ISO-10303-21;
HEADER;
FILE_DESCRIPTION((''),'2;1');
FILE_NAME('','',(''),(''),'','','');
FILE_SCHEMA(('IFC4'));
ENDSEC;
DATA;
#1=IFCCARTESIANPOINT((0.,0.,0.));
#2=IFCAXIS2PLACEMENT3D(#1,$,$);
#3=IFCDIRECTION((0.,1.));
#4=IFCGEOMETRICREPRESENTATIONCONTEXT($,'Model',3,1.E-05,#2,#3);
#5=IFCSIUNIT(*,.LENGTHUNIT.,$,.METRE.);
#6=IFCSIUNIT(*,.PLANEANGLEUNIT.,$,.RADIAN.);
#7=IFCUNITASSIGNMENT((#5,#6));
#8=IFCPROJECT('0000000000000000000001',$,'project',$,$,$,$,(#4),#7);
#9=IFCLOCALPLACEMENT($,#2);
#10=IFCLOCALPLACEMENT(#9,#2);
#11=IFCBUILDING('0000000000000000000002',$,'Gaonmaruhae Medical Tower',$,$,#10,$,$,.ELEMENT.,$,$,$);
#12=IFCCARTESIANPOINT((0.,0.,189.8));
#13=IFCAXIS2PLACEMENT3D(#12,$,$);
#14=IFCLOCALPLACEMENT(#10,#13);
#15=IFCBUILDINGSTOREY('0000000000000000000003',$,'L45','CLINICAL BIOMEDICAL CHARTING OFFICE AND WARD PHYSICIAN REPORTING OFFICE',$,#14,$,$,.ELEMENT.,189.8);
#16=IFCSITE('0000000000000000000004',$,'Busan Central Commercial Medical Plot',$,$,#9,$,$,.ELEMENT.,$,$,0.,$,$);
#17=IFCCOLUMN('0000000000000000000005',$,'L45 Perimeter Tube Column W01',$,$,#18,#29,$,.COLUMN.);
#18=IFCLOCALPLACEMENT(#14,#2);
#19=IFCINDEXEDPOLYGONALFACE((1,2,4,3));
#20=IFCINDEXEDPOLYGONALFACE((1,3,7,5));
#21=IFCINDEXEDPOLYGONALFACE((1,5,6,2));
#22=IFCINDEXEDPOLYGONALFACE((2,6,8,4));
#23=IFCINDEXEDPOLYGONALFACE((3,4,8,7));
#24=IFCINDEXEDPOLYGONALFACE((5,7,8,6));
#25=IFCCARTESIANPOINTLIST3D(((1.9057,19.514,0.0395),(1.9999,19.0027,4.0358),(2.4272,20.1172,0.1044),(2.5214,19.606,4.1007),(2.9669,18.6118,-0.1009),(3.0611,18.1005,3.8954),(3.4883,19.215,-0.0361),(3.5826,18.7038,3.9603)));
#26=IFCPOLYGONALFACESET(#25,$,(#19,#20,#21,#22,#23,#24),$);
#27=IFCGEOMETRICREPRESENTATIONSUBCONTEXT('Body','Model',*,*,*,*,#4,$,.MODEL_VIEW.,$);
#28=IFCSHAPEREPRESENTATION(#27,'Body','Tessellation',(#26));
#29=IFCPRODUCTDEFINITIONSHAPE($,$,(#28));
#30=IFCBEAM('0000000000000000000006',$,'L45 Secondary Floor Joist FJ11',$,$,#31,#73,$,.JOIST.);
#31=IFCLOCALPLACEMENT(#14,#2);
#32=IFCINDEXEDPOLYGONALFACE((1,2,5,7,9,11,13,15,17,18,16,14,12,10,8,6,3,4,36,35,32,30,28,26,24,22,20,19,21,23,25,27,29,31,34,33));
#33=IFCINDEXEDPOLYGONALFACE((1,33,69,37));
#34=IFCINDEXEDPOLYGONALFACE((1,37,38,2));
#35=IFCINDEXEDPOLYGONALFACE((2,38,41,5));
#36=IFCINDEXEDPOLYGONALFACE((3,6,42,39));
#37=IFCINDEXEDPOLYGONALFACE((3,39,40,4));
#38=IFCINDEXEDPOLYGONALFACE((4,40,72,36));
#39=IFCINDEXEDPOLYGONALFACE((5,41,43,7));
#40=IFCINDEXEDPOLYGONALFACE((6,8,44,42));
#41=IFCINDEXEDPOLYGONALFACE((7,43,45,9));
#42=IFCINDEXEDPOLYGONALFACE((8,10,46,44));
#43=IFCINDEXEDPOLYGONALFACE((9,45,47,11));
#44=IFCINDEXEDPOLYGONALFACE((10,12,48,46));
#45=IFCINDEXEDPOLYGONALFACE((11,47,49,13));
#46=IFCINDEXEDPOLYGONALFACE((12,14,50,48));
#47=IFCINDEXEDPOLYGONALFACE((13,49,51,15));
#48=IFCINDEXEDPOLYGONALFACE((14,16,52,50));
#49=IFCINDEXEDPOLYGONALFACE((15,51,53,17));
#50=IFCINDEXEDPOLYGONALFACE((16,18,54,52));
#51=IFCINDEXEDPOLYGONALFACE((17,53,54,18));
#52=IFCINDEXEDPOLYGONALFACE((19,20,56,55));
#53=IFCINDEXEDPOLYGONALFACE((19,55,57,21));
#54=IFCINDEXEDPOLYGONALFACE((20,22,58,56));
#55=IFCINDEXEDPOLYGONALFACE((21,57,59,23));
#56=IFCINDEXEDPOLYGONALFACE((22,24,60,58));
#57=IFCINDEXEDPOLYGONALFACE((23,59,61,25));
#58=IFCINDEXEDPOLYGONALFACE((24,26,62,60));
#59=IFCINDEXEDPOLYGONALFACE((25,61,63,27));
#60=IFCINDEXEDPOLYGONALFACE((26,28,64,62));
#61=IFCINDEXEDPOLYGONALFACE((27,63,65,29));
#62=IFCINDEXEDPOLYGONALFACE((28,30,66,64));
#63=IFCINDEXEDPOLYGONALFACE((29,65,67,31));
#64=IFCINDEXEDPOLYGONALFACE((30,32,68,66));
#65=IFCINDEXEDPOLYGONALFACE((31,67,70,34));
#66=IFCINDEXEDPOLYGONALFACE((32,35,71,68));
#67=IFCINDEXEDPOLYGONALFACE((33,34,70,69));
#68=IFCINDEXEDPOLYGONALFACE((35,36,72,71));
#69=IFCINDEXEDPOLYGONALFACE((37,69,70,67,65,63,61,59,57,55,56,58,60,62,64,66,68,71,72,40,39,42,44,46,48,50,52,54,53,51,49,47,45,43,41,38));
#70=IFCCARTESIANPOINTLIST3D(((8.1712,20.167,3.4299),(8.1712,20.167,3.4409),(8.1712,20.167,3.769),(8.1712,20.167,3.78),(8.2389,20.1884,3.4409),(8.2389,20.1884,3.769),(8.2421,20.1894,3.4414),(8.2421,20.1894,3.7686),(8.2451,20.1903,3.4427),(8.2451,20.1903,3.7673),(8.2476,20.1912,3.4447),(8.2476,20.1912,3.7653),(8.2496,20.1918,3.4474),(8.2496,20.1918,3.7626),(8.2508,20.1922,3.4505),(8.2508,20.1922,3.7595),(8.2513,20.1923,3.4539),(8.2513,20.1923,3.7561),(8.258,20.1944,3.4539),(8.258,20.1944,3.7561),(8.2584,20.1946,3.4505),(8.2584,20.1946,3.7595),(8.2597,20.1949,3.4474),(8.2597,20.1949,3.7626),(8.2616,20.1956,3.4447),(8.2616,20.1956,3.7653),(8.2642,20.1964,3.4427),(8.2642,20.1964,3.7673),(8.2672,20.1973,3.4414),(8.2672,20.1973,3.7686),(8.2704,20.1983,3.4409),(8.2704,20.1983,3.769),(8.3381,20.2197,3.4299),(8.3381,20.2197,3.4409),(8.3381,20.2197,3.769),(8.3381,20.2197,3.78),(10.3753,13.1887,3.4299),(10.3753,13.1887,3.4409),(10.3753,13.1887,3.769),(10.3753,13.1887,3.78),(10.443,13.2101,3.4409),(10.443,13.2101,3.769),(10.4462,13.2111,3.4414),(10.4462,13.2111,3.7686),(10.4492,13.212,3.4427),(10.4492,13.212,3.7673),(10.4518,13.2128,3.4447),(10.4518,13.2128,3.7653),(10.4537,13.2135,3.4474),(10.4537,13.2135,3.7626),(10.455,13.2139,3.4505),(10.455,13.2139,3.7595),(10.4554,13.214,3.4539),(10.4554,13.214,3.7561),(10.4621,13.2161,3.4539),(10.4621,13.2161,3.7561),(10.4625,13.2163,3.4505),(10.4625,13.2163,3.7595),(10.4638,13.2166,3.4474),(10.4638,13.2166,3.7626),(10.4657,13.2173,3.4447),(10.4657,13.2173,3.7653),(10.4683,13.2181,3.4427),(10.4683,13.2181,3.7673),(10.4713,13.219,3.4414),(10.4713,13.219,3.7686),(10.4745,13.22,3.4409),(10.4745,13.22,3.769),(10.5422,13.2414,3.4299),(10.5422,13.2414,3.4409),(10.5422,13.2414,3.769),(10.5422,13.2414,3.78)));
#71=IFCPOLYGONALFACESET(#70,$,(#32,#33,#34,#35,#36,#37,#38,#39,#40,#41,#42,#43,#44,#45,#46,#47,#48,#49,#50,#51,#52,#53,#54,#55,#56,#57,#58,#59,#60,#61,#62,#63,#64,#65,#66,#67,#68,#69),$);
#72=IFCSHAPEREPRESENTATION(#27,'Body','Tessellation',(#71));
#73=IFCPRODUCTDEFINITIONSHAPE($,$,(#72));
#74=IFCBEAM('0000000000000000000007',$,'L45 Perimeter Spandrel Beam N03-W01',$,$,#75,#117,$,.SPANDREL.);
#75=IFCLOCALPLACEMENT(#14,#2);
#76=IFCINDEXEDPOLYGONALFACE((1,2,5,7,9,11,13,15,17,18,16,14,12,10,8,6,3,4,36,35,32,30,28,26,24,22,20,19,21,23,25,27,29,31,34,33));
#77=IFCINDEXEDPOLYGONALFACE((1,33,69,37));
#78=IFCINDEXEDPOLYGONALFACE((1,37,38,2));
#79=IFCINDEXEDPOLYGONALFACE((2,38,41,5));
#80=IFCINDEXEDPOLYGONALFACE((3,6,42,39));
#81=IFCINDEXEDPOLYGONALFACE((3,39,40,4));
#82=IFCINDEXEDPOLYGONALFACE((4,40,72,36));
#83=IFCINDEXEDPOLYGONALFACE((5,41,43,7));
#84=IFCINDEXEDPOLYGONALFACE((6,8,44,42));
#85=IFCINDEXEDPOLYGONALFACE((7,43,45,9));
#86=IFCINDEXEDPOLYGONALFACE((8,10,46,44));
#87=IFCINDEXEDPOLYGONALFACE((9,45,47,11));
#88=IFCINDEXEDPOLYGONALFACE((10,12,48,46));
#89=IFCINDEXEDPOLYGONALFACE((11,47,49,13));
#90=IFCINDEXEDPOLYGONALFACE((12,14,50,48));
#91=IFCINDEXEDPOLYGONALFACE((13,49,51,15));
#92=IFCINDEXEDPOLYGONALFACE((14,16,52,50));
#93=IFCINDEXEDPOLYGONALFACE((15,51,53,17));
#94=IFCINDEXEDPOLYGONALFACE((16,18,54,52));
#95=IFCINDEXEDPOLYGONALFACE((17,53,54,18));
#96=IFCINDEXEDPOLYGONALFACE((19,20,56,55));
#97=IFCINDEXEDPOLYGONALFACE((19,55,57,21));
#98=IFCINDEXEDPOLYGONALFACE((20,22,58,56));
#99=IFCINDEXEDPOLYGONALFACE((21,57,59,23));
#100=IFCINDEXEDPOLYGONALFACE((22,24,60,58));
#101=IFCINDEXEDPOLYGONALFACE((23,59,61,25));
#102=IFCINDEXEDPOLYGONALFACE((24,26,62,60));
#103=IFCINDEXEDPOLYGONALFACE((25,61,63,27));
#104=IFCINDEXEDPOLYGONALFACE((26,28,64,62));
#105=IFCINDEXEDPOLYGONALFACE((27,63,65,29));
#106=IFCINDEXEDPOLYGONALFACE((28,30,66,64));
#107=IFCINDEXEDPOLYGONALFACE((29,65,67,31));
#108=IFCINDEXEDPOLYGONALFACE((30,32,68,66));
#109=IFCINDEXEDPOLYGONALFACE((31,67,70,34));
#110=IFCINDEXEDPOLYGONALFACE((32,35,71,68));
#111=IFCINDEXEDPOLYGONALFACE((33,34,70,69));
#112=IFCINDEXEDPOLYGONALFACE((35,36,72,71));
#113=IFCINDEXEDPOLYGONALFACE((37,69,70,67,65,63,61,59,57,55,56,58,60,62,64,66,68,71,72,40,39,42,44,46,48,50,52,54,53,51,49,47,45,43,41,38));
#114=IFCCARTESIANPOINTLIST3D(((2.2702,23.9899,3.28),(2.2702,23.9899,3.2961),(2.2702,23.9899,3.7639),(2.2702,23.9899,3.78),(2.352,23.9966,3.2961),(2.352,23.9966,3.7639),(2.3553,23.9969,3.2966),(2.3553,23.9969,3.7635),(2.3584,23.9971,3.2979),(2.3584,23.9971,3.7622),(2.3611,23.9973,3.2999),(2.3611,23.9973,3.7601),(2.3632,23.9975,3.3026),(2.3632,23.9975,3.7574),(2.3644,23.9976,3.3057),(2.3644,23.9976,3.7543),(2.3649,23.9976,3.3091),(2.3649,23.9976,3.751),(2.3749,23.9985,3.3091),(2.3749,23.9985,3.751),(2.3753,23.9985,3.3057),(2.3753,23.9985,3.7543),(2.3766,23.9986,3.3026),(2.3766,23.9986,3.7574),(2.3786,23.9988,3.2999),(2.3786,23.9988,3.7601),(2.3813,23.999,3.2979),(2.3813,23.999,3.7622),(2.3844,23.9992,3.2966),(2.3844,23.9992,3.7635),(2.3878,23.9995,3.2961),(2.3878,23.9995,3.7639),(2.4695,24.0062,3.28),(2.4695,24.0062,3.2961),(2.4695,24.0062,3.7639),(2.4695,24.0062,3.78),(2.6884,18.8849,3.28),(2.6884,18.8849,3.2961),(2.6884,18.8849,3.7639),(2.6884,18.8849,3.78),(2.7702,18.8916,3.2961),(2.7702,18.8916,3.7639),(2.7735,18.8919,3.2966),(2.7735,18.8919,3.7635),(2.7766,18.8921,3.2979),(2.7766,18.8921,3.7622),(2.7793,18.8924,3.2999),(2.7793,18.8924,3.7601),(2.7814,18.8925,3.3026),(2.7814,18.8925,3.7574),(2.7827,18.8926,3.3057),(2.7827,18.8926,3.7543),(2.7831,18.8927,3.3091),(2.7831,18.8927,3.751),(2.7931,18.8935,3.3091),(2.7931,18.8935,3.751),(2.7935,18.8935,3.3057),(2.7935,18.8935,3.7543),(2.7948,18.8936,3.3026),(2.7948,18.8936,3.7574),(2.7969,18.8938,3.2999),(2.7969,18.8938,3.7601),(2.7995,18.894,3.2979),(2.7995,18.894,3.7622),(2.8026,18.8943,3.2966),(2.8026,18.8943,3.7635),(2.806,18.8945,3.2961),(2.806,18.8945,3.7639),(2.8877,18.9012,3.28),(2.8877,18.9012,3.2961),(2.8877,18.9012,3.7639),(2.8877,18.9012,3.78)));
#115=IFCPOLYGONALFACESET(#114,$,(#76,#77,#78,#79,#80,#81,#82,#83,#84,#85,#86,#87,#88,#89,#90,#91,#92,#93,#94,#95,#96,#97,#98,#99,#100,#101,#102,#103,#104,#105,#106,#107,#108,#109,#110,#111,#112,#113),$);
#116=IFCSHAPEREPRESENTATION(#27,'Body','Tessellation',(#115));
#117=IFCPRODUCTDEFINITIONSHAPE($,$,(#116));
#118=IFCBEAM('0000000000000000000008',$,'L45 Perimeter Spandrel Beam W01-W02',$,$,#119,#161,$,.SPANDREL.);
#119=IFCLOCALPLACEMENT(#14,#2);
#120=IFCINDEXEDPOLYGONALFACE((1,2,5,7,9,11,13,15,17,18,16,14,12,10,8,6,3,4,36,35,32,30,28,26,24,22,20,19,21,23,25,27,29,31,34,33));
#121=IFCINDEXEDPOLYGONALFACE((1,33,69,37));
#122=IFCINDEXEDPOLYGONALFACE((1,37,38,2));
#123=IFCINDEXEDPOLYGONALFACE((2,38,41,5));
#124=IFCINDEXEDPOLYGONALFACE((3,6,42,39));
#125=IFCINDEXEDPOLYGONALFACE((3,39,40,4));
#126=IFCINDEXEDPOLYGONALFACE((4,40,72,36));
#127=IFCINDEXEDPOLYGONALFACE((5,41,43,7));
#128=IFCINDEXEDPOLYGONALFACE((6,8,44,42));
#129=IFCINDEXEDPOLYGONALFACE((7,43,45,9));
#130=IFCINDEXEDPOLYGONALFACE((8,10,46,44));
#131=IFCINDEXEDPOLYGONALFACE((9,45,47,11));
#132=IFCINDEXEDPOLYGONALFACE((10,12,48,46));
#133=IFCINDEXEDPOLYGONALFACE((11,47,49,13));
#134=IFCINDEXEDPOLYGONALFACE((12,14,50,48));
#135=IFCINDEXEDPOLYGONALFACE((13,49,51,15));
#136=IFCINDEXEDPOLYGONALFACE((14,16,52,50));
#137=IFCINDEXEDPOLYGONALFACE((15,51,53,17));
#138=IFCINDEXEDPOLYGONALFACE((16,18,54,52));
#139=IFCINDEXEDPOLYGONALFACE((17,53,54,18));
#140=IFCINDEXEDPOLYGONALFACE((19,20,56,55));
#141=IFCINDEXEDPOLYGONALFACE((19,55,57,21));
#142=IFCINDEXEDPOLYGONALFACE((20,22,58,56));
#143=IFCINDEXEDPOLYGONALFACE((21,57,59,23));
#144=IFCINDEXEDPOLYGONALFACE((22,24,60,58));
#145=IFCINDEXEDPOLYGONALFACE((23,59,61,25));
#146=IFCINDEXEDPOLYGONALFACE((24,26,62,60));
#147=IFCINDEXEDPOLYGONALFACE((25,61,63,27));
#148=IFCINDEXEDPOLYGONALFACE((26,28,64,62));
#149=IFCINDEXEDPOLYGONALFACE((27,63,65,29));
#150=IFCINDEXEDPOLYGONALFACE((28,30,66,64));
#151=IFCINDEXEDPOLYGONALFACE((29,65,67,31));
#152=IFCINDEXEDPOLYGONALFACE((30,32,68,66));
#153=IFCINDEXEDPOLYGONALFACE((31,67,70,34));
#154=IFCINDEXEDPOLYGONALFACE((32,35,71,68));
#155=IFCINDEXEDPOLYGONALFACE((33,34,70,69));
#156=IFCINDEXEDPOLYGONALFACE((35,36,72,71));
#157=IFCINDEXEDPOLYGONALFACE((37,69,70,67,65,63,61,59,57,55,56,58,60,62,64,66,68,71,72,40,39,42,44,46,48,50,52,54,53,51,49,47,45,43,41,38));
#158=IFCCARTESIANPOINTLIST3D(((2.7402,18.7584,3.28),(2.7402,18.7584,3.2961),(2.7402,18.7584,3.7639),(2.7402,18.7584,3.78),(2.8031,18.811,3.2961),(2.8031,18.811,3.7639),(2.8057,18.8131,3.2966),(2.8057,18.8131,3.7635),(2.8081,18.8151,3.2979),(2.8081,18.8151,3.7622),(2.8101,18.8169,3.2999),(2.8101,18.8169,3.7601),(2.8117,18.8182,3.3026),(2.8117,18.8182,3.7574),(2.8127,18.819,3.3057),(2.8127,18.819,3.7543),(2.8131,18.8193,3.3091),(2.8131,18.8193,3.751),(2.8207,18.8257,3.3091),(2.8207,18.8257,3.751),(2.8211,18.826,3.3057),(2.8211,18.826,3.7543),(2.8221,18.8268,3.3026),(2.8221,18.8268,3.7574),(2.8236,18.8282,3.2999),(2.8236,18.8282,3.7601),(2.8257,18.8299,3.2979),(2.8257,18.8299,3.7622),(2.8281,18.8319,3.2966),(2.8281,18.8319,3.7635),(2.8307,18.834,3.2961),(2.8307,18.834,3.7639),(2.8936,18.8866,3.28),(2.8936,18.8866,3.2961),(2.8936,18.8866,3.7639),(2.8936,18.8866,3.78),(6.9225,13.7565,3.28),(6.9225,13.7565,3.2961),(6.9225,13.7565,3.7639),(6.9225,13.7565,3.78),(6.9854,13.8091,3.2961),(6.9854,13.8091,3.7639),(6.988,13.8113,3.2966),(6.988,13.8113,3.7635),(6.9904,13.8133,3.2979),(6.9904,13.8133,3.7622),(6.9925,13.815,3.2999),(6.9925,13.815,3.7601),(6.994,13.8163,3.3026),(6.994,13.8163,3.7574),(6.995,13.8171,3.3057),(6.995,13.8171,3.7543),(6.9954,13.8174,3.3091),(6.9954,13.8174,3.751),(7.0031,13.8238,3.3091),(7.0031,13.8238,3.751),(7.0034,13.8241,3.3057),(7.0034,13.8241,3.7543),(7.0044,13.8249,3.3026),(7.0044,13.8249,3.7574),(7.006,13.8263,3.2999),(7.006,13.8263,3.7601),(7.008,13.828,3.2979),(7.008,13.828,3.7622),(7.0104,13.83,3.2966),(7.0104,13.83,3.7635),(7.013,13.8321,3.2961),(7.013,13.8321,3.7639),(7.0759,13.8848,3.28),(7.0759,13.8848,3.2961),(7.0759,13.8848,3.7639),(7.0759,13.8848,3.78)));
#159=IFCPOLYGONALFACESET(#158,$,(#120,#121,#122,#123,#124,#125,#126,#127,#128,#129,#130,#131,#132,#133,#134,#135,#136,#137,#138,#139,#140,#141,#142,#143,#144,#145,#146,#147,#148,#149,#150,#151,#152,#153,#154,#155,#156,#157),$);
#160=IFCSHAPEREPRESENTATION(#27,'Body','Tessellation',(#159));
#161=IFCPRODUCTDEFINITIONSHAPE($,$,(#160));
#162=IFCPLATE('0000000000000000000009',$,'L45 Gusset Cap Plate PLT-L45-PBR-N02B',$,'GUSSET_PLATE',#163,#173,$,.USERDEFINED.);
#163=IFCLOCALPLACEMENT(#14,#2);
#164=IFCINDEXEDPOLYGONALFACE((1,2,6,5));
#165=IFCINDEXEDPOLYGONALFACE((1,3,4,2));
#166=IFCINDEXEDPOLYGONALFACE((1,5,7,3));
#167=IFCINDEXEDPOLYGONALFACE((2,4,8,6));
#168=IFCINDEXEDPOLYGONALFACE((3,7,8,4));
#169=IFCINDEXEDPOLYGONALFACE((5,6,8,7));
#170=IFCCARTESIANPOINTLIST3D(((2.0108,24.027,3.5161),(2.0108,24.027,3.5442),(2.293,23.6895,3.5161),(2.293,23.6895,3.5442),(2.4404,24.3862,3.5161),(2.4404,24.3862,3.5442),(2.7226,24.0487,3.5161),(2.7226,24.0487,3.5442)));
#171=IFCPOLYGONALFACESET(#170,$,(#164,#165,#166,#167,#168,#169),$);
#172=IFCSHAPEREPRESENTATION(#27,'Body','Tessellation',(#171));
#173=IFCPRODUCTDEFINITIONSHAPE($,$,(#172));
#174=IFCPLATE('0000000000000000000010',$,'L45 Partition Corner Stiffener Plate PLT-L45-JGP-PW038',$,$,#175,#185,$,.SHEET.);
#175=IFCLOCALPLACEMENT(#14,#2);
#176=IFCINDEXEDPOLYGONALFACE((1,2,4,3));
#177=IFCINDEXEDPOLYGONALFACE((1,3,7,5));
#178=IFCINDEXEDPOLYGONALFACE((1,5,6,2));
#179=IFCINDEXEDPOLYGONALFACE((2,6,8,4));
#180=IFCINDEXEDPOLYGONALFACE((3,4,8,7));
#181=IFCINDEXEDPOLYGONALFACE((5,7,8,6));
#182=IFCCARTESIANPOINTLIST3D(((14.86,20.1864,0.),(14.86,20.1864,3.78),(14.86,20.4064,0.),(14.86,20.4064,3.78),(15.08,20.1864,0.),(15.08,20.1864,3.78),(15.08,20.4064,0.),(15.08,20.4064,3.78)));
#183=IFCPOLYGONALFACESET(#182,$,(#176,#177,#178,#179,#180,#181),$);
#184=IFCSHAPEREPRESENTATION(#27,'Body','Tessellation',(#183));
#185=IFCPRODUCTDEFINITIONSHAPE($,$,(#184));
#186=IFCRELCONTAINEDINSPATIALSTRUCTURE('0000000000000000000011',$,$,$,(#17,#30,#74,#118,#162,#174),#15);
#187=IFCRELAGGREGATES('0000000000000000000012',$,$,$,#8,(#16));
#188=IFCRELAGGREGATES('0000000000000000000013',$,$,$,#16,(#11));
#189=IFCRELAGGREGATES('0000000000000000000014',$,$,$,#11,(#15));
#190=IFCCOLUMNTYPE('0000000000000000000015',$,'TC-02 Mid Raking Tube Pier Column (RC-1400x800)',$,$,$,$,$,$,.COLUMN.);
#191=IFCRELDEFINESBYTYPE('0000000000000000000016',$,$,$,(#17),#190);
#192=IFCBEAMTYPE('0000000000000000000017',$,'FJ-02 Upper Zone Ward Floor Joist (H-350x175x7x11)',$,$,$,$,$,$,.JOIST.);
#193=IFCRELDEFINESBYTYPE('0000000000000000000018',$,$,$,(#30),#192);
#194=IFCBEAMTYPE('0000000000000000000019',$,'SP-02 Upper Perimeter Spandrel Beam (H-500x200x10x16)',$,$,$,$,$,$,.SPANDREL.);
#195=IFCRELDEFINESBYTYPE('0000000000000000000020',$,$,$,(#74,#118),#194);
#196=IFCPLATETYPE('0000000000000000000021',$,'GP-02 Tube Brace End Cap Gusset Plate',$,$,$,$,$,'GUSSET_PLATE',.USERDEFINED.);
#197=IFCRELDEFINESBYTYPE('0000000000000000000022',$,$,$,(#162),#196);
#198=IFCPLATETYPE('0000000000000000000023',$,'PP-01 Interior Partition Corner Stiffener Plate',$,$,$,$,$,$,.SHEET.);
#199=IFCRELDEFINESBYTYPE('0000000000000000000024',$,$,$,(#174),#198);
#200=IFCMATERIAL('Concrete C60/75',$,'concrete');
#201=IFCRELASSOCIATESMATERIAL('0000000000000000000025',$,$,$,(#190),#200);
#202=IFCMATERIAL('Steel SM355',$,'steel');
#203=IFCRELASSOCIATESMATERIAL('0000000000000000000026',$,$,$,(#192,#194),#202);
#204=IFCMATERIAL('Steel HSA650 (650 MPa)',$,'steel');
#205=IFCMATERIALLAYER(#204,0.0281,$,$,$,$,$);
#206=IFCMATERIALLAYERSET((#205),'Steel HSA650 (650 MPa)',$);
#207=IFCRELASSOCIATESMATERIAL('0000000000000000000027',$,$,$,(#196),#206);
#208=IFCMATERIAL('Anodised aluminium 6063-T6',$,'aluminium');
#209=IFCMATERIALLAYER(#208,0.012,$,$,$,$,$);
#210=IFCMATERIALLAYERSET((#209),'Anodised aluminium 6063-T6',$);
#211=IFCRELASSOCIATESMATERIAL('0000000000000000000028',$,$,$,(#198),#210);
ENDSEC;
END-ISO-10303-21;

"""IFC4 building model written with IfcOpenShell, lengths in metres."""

from ifc_helpers import new_model, si_unit, direction, frame, origin, origin_2d, place, context, subcontext, project, spatial, rectangle, i_section, extrude, material, layer, layer_set, material_profile, profile_set, type_object, element, save


model = new_model("IFC4")

# Units and contexts
model_context = context("Model", 3, precision=1e-05, world=origin(), true_north=direction((0.0, 1.0)))
body_context = subcontext(model_context, "Body", "Model", "MODEL_VIEW")
ifc_project = project(units=[si_unit("LENGTHUNIT", "METRE"), si_unit("PLANEANGLEUNIT", "RADIAN")], contexts=[model_context])

# Site, building, storey
site_placement = place(None, origin())
site = spatial("IfcSite", under=ifc_project, at=site_placement, Name="Busan Central Commercial Medical Plot", CompositionType="ELEMENT", RefElevation=0.0)
building_placement = place(site_placement, origin())
building = spatial("IfcBuilding", under=site, at=building_placement, Name="Gaonmaruhae Medical Tower", CompositionType="ELEMENT")
storey_placement = place(building_placement, frame((0.0, 0.0, 189.8)))
storey = spatial("IfcBuildingStorey", under=building, at=storey_placement, Name="L45", Description="CLINICAL BIOMEDICAL CHARTING OFFICE AND WARD PHYSICIAN REPORTING OFFICE", CompositionType="ELEMENT", Elevation=189.8)

# Column
ifc_material_1 = material(Name="Concrete C60/75", Category="concrete")
ifc_material_profile_1 = material_profile(ifc_material_1, rectangle(XDim=1.3999, YDim=0.8, at=origin_2d()), Name="RC-1400x800")
ifc_profile_set_1 = profile_set([ifc_material_profile_1], Name="Concrete C60/75")
column_type = type_object("IfcColumnType", Name="TC-02 Mid Raking Tube Pier Column (RC-1400x800)", PredefinedType="COLUMN", material=ifc_profile_set_1)
column_placement = place(storey_placement, frame((2.697, 19.3645, 0.0017), z_axis=(0.023384, -0.126856, 0.991645), x_axis=(-0.75803, 0.644458, 0.100317)))
element("IfcColumn", 1, at=column_placement, inside=storey, type_object=column_type, Name="L45 Perimeter Tube Column W01", PredefinedType="COLUMN", context=body_context, shape_type="SweptSolid", body=[
    extrude(rectangle(XDim=1.3999, YDim=0.8, at=origin_2d()), origin(), (0.0, 0.0, 1.0), 4.03),
])

# Beams
ifc_material_2 = material(Name="Steel SM355", Category="steel")
ifc_material_profile_2 = material_profile(ifc_material_2, i_section(OverallWidth=0.175, OverallDepth=0.3501, WebThickness=0.0071, FlangeThickness=0.011, FilletRadius=0.0129, at=origin_2d()), Name="H-350x175x7x11")
ifc_profile_set_2 = profile_set([ifc_material_profile_2], Name="Steel SM355")
beam_type_1 = type_object("IfcBeamType", Name="FJ-02 Upper Zone Ward Floor Joist (H-350x175x7x11)", PredefinedType="JOIST", material=ifc_profile_set_2)
beam_1_placement = place(storey_placement, frame((8.2546, 20.1934, 3.605), z_axis=(0.301186, -0.953566, 0.0), x_axis=(0.953566, 0.301186, 0.0)))
element("IfcBeam", 2, at=beam_1_placement, inside=storey, type_object=beam_type_1, Name="L45 Secondary Floor Joist FJ11", PredefinedType="JOIST", context=body_context, shape_type="SweptSolid", body=[
    extrude(i_section(OverallWidth=0.175, OverallDepth=0.3501, WebThickness=0.0071, FlangeThickness=0.011, FilletRadius=0.0129, at=origin_2d()), origin(), (0.0, 0.0, 1.0), 7.3181),
])
ifc_material_profile_3 = material_profile(ifc_material_2, i_section(OverallWidth=0.2, OverallDepth=0.5, WebThickness=0.01, FlangeThickness=0.0161, FilletRadius=0.0129, at=origin_2d()), Name="H-500x200x10x16")
ifc_profile_set_3 = profile_set([ifc_material_profile_3], Name="Steel SM355")
beam_type_2 = type_object("IfcBeamType", Name="SP-02 Upper Perimeter Spandrel Beam (H-500x200x10x16)", PredefinedType="SPANDREL", material=ifc_profile_set_3)
beam_2_placement = place(storey_placement, frame((2.3699, 23.998, 3.53), z_axis=(0.081649, -0.996661, 0.0), x_axis=(0.996661, 0.081649, 0.0)))
element("IfcBeam", 3, at=beam_2_placement, inside=storey, type_object=beam_type_2, Name="L45 Perimeter Spandrel Beam N03-W01", PredefinedType="SPANDREL", context=body_context, shape_type="SweptSolid", body=[
    extrude(i_section(OverallWidth=0.2, OverallDepth=0.5, WebThickness=0.01, FlangeThickness=0.0161, FilletRadius=0.0129, at=origin_2d()), origin(), (0.0, 0.0, 1.0), 5.1221),
])
beam_3_placement = place(storey_placement, frame((2.8169, 18.8225, 3.53), z_axis=(0.641458, -0.767158, 0.0), x_axis=(0.767158, 0.641458, 0.0)))
element("IfcBeam", 4, at=beam_3_placement, inside=storey, type_object=beam_type_2, Name="L45 Perimeter Spandrel Beam W01-W02", PredefinedType="SPANDREL", context=body_context, shape_type="SweptSolid", body=[
    extrude(i_section(OverallWidth=0.2, OverallDepth=0.5, WebThickness=0.01, FlangeThickness=0.0161, FilletRadius=0.0129, at=origin_2d()), origin(), (0.0, 0.0, 1.0), 6.52),
])

# Plates
ifc_material_3 = material(Name="Steel HSA650 (650 MPa)", Category="steel")
ifc_layer_1 = layer(ifc_material_3, 0.0281)
ifc_layer_set_1 = layer_set([ifc_layer_1], Name="Steel HSA650 (650 MPa)")
plate_type_1 = type_object("IfcPlateType", Name="GP-02 Tube Brace End Cap Gusset Plate", ElementType="GUSSET_PLATE", PredefinedType="USERDEFINED", material=ifc_layer_set_1)
plate_placement = place(storey_placement, frame((2.3667, 24.0378, 3.5161), z_axis=(0.0, 0.0, 1.0), x_axis=(0.767165, 0.64145, 0.0)))
element("IfcPlate", 5, at=plate_placement, inside=storey, type_object=plate_type_1, Name="L45 Gusset Cap Plate PLT-L45-PBR-N02B", ObjectType="GUSSET_PLATE", PredefinedType="USERDEFINED", context=body_context, shape_type="SweptSolid", body=[
    extrude(rectangle(XDim=0.5601, YDim=0.4399, at=origin_2d()), origin(), (0.0, 0.0, 1.0), 0.0281),
])
ifc_material_4 = material(Name="Anodised aluminium 6063-T6", Category="aluminium")
ifc_layer_2 = layer(ifc_material_4, 0.012)
ifc_layer_set_2 = layer_set([ifc_layer_2], Name="Anodised aluminium 6063-T6")
plate_type_2 = type_object("IfcPlateType", Name="PP-01 Interior Partition Corner Stiffener Plate", PredefinedType="SHEET", material=ifc_layer_set_2)
for number, where, z_axis, x_axis, name in (
    (6, (14.97, 20.2964, 0.0), (0.0, 0.0, 1.0), (0.0, -1.0, 0.0), "L45 Partition Corner Stiffener Plate PLT-L45-JGP-PW038"),
):
    element("IfcPlate", number, at=place(storey_placement, frame(where, z_axis=z_axis, x_axis=x_axis)), inside=storey, type_object=plate_type_2, Name=name, PredefinedType="SHEET", context=body_context, shape_type="SweptSolid", body=[
        extrude(rectangle(XDim=0.22, YDim=0.22, at=origin_2d()), origin(), (0.0, 0.0, 1.0), 3.78),
    ])

save(model, "model.ifc")
